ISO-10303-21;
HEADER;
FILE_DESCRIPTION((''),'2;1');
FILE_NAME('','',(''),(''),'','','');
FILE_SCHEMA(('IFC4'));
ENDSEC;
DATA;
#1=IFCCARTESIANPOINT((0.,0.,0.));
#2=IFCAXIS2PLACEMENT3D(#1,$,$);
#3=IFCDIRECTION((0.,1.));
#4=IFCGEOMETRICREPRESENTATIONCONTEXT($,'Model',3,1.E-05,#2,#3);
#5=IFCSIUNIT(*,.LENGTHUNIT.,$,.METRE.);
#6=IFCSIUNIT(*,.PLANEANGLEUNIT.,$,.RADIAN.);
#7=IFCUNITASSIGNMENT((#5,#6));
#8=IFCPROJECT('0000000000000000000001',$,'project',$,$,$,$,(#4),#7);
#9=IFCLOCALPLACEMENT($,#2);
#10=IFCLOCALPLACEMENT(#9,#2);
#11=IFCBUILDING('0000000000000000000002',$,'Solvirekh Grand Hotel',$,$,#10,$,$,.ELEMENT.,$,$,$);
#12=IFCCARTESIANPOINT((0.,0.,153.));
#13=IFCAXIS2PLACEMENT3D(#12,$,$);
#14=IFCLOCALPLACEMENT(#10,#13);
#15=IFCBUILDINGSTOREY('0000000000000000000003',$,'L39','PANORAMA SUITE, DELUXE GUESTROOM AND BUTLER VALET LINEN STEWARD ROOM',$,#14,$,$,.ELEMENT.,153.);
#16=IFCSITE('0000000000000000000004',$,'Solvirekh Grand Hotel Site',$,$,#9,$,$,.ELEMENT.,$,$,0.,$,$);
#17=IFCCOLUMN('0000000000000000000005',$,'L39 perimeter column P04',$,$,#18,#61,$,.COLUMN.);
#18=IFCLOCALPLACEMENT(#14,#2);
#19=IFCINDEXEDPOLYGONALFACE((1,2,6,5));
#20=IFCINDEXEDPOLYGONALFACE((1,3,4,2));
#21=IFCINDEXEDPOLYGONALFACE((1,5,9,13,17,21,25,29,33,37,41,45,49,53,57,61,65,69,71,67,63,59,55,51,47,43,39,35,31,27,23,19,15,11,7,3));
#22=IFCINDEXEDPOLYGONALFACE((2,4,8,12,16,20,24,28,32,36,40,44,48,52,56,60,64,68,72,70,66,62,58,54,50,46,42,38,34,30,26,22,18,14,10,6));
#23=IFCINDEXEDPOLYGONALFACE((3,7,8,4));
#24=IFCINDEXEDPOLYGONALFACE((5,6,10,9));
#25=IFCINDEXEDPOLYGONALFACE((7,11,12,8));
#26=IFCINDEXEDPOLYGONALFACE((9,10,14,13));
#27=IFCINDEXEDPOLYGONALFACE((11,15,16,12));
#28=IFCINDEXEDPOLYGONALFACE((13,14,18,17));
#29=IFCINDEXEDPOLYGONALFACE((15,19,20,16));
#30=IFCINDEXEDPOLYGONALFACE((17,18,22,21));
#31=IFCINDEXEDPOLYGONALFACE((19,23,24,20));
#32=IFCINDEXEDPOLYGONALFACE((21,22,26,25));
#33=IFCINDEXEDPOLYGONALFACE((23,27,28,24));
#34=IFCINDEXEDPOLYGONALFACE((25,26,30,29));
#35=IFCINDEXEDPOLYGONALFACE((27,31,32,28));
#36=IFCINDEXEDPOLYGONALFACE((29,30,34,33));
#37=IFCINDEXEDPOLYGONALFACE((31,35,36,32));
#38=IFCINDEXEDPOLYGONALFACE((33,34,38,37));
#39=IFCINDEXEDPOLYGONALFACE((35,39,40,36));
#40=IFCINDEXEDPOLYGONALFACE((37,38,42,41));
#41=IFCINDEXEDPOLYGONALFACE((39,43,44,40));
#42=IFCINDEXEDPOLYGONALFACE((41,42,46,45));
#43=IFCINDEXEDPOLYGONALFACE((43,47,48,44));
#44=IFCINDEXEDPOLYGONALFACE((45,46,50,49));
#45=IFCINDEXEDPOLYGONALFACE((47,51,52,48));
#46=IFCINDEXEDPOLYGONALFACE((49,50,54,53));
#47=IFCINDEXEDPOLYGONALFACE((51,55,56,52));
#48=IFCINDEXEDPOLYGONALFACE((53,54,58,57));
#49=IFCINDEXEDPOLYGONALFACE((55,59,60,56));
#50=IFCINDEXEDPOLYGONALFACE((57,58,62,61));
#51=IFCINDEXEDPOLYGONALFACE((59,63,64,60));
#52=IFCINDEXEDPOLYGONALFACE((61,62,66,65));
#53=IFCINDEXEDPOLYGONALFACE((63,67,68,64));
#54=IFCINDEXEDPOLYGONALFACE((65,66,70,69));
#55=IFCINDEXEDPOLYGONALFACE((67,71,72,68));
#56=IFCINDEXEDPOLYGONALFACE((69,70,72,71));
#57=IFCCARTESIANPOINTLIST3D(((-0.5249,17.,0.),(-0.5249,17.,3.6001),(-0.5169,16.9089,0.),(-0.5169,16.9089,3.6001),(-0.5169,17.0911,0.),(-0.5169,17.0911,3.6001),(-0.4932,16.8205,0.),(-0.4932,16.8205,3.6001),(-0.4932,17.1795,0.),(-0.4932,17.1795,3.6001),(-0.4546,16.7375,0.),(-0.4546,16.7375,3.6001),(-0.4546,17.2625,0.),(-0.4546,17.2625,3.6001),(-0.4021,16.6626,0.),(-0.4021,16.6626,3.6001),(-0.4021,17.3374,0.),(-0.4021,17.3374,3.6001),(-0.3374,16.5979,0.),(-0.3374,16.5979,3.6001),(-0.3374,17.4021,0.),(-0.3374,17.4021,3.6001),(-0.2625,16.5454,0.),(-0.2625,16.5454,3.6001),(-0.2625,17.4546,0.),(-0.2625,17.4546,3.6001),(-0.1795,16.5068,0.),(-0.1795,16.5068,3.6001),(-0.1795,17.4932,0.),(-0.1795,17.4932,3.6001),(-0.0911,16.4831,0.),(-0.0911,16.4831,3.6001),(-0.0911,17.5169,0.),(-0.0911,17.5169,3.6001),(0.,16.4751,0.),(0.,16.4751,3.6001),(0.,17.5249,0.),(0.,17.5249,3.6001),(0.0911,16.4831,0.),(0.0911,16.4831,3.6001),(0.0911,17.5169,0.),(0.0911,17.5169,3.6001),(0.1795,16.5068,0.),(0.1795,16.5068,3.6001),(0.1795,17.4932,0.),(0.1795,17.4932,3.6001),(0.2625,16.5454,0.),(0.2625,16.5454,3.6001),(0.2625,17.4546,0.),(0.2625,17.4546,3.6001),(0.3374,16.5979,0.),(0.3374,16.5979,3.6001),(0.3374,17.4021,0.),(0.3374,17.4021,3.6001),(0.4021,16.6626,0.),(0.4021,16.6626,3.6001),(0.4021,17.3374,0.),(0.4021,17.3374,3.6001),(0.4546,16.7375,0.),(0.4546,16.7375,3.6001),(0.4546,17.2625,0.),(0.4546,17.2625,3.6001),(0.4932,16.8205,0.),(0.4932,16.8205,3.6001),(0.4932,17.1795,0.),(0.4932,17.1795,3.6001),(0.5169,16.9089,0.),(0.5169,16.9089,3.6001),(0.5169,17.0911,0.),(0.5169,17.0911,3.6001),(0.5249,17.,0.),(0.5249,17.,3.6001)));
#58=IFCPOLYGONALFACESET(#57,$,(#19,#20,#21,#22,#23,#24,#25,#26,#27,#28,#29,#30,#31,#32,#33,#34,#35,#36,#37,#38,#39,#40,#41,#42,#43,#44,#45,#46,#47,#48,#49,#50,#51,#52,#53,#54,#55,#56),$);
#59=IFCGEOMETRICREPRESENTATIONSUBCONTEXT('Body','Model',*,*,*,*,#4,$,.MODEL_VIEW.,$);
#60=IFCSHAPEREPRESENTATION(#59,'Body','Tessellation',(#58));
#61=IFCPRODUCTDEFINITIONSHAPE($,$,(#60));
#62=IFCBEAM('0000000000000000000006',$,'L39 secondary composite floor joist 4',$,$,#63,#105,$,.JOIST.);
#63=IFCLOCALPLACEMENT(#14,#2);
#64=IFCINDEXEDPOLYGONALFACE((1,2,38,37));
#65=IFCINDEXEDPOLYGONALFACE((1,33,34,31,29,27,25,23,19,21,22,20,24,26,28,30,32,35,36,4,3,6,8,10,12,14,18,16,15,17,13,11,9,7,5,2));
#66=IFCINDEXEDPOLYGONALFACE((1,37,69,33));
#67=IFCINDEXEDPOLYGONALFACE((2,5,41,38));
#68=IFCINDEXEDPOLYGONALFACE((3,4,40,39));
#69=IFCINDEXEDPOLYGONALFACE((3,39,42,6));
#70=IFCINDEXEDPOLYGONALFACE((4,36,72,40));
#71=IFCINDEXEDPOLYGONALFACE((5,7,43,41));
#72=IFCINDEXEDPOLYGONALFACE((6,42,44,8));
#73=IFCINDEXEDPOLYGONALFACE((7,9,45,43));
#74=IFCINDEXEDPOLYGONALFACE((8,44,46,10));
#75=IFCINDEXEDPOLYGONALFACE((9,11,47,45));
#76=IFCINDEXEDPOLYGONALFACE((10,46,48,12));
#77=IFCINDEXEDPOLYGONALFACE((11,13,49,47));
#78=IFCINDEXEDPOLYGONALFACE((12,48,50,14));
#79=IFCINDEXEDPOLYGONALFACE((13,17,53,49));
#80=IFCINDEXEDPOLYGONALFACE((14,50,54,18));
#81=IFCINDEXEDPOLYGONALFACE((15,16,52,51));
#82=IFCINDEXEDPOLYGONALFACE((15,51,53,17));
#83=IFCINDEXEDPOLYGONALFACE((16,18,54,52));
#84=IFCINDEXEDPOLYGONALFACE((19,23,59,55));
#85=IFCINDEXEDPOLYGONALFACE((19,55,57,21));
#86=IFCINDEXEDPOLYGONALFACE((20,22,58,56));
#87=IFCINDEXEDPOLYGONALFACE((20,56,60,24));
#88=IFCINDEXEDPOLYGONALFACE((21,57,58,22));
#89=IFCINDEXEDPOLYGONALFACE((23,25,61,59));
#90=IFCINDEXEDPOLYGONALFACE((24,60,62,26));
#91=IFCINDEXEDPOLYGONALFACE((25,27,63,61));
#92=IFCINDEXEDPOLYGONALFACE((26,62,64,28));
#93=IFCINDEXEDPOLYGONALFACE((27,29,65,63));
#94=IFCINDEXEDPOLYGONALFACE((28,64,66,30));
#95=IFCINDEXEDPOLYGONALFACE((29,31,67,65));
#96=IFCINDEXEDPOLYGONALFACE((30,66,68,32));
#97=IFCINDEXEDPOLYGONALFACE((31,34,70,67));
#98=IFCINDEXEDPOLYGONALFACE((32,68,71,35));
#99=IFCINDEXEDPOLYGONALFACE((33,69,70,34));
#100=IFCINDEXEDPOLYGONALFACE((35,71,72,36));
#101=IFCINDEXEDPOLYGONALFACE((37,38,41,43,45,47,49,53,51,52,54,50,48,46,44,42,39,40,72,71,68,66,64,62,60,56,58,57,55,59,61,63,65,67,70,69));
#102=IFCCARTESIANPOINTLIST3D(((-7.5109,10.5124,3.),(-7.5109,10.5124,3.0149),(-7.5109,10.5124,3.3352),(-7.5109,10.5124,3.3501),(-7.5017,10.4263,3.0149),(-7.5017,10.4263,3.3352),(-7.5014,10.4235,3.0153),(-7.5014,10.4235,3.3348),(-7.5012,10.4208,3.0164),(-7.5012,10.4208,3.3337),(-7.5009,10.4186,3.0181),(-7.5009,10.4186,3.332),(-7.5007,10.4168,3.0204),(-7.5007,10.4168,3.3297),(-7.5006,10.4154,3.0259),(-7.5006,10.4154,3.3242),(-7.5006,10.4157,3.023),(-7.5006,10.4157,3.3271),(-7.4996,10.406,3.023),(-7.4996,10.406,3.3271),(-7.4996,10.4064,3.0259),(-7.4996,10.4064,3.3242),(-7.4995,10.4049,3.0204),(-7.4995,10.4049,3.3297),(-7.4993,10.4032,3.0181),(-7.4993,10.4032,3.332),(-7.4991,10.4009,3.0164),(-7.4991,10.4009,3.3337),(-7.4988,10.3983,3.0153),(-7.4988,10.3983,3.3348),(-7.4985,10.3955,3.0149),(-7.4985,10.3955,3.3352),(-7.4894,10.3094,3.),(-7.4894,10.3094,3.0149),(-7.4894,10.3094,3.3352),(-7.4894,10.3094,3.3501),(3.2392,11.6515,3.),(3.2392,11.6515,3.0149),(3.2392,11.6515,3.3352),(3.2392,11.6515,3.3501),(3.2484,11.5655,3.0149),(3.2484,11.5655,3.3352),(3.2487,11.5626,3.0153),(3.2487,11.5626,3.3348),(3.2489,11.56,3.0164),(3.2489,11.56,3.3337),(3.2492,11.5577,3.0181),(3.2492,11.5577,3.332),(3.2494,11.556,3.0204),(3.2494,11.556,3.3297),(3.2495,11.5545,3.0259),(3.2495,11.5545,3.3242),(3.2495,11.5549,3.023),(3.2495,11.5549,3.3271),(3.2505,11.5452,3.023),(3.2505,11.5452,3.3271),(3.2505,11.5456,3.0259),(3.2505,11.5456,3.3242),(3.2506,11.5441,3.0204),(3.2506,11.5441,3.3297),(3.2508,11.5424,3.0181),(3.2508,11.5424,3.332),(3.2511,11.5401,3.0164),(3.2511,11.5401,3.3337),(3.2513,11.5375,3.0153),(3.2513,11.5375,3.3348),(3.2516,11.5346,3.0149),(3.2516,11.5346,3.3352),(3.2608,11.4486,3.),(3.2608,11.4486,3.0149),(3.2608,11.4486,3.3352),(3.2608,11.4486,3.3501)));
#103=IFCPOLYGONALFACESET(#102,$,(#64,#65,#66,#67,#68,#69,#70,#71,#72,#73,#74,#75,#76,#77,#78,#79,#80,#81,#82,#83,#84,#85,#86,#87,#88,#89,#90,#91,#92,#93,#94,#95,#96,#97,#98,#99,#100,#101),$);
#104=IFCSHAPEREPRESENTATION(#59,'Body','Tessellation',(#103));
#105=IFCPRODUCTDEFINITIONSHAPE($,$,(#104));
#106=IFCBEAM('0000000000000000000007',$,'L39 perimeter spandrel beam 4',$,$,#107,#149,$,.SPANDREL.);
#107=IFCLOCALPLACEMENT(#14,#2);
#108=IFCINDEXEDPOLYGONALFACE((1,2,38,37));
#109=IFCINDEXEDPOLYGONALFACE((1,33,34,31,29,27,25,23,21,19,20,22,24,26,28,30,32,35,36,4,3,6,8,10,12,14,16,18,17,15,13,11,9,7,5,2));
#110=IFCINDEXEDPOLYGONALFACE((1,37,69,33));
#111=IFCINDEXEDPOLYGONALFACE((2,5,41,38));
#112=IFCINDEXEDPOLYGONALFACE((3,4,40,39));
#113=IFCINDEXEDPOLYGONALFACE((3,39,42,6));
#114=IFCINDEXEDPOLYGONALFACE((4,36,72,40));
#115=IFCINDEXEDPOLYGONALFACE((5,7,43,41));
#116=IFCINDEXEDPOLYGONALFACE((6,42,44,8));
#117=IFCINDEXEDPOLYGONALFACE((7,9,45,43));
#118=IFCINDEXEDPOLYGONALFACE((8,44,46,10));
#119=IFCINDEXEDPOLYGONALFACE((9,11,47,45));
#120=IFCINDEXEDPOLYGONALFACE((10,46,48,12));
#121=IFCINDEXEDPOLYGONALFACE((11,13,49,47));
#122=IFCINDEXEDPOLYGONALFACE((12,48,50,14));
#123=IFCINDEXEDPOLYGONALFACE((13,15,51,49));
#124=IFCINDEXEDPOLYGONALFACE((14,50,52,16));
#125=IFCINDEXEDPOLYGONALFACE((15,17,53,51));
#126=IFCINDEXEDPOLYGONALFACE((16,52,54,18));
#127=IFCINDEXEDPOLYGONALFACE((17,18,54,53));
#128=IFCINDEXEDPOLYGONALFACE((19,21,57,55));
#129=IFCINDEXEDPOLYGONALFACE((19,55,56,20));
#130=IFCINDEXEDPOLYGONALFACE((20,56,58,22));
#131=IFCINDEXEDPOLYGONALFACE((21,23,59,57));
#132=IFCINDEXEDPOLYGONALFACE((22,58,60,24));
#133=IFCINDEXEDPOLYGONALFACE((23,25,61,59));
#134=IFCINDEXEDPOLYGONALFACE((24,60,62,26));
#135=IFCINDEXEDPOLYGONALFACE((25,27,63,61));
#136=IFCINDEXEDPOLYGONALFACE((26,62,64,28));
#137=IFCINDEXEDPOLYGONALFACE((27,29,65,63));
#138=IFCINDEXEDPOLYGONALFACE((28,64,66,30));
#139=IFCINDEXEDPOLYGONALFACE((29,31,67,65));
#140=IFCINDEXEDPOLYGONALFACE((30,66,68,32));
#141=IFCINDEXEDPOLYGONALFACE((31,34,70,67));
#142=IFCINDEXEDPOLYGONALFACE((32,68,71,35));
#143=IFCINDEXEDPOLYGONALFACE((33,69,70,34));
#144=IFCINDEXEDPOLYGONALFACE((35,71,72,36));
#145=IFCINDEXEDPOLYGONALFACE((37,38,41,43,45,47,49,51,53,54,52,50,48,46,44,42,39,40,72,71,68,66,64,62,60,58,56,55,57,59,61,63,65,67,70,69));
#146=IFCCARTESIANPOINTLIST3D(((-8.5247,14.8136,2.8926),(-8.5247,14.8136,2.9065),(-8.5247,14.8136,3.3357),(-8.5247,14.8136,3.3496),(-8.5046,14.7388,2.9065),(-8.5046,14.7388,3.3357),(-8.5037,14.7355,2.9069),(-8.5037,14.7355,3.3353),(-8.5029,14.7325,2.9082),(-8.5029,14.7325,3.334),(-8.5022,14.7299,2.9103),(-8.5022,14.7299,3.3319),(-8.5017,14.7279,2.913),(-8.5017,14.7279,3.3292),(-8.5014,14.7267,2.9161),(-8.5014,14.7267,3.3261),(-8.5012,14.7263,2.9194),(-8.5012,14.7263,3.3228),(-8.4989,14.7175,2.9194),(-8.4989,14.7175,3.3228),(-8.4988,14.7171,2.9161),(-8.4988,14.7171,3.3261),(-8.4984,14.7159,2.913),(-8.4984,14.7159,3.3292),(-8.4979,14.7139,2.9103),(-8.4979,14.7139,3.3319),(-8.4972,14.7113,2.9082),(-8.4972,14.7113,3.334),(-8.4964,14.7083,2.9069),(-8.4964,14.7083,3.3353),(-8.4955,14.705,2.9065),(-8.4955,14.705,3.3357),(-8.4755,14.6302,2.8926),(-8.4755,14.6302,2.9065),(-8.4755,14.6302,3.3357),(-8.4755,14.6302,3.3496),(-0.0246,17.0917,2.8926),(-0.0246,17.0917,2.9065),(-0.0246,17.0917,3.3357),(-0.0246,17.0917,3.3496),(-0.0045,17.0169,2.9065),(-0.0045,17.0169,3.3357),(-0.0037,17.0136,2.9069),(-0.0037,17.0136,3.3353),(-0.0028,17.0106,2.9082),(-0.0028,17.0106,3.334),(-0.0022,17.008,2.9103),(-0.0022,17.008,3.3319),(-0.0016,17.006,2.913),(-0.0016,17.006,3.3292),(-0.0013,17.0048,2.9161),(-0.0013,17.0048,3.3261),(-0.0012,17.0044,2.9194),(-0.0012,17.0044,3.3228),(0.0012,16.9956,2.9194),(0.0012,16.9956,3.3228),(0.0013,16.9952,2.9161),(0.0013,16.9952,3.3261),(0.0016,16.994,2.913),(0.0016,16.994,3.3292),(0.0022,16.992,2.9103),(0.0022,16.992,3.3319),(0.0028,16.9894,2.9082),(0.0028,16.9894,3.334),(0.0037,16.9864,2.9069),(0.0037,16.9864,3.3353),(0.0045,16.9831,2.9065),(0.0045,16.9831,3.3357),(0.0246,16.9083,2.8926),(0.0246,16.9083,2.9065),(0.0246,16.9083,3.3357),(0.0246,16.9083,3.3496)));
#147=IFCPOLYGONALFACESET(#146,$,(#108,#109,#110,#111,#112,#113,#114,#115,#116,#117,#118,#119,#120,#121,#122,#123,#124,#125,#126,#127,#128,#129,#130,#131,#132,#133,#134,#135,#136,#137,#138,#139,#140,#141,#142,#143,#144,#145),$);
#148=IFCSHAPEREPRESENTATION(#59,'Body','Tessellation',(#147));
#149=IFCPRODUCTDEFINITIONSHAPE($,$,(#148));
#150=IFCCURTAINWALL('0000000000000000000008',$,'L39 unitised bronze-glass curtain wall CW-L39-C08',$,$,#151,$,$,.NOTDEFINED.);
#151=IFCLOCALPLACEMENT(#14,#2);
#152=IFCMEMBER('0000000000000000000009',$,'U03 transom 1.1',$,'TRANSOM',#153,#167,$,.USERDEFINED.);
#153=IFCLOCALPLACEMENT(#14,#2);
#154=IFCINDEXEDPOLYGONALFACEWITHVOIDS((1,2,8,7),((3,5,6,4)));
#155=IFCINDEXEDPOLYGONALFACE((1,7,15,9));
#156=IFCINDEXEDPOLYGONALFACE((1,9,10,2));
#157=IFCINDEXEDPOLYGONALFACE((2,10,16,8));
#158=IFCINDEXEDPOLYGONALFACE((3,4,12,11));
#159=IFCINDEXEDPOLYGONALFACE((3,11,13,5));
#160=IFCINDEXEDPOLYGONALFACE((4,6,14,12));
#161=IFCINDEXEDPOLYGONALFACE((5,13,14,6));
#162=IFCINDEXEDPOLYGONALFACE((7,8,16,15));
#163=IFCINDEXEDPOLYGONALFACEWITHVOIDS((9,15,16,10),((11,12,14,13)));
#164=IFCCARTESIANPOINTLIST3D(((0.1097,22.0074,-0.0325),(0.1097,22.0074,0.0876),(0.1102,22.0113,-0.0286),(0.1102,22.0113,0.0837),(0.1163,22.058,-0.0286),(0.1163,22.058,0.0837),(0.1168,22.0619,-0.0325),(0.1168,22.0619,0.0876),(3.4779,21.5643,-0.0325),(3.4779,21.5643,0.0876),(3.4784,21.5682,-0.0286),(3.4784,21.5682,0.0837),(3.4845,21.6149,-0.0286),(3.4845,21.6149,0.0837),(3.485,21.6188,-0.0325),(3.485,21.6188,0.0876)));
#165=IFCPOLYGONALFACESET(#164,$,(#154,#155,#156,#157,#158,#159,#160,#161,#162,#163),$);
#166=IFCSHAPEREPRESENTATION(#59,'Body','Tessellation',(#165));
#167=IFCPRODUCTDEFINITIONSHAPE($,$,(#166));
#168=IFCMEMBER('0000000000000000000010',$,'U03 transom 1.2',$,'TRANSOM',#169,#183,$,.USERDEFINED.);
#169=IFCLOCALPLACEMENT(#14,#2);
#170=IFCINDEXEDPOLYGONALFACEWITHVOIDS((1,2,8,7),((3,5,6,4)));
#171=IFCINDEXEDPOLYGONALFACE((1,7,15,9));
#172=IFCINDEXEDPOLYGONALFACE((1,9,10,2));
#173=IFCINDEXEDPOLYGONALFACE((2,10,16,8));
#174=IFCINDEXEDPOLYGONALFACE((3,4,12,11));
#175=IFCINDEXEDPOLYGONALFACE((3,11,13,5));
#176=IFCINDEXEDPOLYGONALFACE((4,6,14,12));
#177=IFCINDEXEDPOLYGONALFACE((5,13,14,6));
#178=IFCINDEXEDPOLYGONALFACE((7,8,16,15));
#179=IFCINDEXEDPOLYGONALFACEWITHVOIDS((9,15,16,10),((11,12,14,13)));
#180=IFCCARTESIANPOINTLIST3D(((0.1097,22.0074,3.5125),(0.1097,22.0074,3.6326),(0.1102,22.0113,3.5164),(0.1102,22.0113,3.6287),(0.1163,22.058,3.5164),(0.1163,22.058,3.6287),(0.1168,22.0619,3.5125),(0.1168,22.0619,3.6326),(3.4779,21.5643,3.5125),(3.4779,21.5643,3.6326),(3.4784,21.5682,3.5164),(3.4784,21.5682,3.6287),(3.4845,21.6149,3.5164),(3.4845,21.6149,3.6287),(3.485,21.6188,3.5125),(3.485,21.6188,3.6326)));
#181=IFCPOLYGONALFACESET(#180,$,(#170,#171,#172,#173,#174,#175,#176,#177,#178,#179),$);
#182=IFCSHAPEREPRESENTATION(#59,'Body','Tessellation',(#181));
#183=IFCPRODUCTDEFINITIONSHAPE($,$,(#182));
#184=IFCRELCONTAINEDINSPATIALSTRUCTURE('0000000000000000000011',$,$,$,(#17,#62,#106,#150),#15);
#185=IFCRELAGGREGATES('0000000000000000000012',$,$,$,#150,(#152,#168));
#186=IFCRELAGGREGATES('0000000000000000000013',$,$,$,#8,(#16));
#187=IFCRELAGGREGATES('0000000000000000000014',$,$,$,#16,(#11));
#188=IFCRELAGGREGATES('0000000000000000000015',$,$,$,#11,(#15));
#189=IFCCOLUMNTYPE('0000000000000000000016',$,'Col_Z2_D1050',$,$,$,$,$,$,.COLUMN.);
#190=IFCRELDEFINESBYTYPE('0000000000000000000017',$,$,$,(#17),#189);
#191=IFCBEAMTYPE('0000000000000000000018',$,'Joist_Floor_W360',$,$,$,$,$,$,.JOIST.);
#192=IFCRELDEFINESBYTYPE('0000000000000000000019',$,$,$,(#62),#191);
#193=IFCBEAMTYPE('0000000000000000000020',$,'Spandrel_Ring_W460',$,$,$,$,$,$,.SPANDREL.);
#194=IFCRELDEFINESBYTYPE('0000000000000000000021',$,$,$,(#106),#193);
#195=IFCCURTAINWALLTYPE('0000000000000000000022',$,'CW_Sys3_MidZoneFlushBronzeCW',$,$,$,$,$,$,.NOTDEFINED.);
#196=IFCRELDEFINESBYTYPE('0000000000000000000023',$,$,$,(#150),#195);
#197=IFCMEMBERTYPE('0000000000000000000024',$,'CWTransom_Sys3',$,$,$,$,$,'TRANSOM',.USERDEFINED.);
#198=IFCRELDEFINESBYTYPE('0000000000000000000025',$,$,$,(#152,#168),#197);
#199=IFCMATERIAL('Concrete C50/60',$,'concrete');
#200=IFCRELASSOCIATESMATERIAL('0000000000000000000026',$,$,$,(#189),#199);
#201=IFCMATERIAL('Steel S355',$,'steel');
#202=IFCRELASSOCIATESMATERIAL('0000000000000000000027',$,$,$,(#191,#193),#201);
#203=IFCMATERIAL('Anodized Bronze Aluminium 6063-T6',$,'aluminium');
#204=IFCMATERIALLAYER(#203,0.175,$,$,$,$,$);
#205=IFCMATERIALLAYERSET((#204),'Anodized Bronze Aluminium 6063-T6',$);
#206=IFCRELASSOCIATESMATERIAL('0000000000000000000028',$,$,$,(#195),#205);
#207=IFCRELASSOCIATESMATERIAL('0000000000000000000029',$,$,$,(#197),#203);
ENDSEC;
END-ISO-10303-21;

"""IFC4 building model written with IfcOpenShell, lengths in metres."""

from ifc_helpers import new_model, si_unit, direction, frame, origin, origin_2d, place, context, subcontext, project, spatial, hollow_rectangle, circle, i_section, extrude, source, transform, mapped, material, layer, layer_set, material_profile, profile_set, type_object, element, aggregate, save


model = new_model("IFC4")

# Units and contexts
model_context = context("Model", 3, precision=1e-05, world=origin(), true_north=direction((0.0, 1.0)))
body_context = subcontext(model_context, "Body", "Model", "MODEL_VIEW")
ifc_project = project(units=[si_unit("LENGTHUNIT", "METRE"), si_unit("PLANEANGLEUNIT", "RADIAN")], contexts=[model_context])

# Site, building, storey
site_placement = place(None, origin())
site = spatial("IfcSite", under=ifc_project, at=site_placement, Name="Solvirekh Grand Hotel Site", CompositionType="ELEMENT", RefElevation=0.0)
building_placement = place(site_placement, origin())
building = spatial("IfcBuilding", under=site, at=building_placement, Name="Solvirekh Grand Hotel", CompositionType="ELEMENT")
storey_placement = place(building_placement, frame((0.0, 0.0, 153.0)))
storey = spatial("IfcBuildingStorey", under=building, at=storey_placement, Name="L39", Description="PANORAMA SUITE, DELUXE GUESTROOM AND BUTLER VALET LINEN STEWARD ROOM", CompositionType="ELEMENT", Elevation=153.0)

# Column
ifc_material_1 = material(Name="Concrete C50/60", Category="concrete")
ifc_material_profile_1 = material_profile(ifc_material_1, circle(Radius=0.5249, at=origin_2d()), Name="RC CIRC D1050")
ifc_profile_set_1 = profile_set([ifc_material_profile_1], Name="Concrete C50/60")
column_type = type_object("IfcColumnType", Name="Col_Z2_D1050", PredefinedType="COLUMN", material=ifc_profile_set_1)
column_placement = place(storey_placement, frame((0.0, 17.0, 0.0), z_axis=(0.0, 0.0, 1.0), x_axis=(1.0, 0.0, 0.0)))
element("IfcColumn", 1, at=column_placement, inside=storey, type_object=column_type, Name="L39 perimeter column P04", PredefinedType="COLUMN", context=body_context, shape_type="SweptSolid", body=[
    extrude(circle(Radius=0.5249, at=origin_2d()), origin(), (0.0, 0.0, 1.0), 3.6001),
])

# Beams
ifc_material_2 = material(Name="Steel S355", Category="steel")
ifc_material_profile_2 = material_profile(ifc_material_2, i_section(OverallWidth=0.2041, OverallDepth=0.3501, WebThickness=0.009, FlangeThickness=0.0149, FilletRadius=0.011, at=origin_2d()), Name="W360X72")
ifc_profile_set_2 = profile_set([ifc_material_profile_2], Name="Steel S355")
beam_type_1 = type_object("IfcBeamType", Name="Joist_Floor_W360", PredefinedType="JOIST", material=ifc_profile_set_2)
beam_1_placement = place(storey_placement, frame((3.25, 11.55, 3.175), z_axis=(-0.994432, -0.105378, 0.0), x_axis=(0.105378, -0.994432, 0.0)))
element("IfcBeam", 2, at=beam_1_placement, inside=storey, type_object=beam_type_1, Name="L39 secondary composite floor joist 4", PredefinedType="JOIST", context=body_context, shape_type="SweptSolid", body=[
    extrude(i_section(OverallWidth=0.2041, OverallDepth=0.3501, WebThickness=0.009, FlangeThickness=0.0149, FilletRadius=0.011, at=origin_2d()), origin(), (0.0, 0.0, 1.0), 10.8103),
])
ifc_material_profile_3 = material_profile(ifc_material_2, i_section(OverallWidth=0.1899, OverallDepth=0.457, WebThickness=0.009, FlangeThickness=0.0139, FilletRadius=0.0129, at=origin_2d()), Name="W460X74")
ifc_profile_set_3 = profile_set([ifc_material_profile_3], Name="Steel S355")
beam_type_2 = type_object("IfcBeamType", Name="Spandrel_Ring_W460", PredefinedType="SPANDREL", material=ifc_profile_set_3)
beam_2_placement = place(storey_placement, frame((0.0, 17.0, 3.1211), z_axis=(-0.965911, -0.258873, 0.0), x_axis=(0.258873, -0.965911, 0.0)))
element("IfcBeam", 3, at=beam_2_placement, inside=storey, type_object=beam_type_2, Name="L39 perimeter spandrel beam 4", PredefinedType="SPANDREL", context=body_context, shape_type="SweptSolid", body=[
    extrude(i_section(OverallWidth=0.1899, OverallDepth=0.457, WebThickness=0.009, FlangeThickness=0.0139, FilletRadius=0.0129, at=origin_2d()), origin(), (0.0, 0.0, 1.0), 8.8),
])

# Curtain wall, members
ifc_material_3 = material(Name="Anodized Bronze Aluminium 6063-T6", Category="aluminium")
ifc_layer_1 = layer(ifc_material_3, 0.175)
ifc_layer_set_1 = layer_set([ifc_layer_1], Name="Anodized Bronze Aluminium 6063-T6")
curtain_wall_type = type_object("IfcCurtainWallType", Name="CW_Sys3_MidZoneFlushBronzeCW", PredefinedType="NOTDEFINED", material=ifc_layer_set_1)
curtain_wall_placement = place(storey_placement, origin())
curtain_wall = element("IfcCurtainWall", 4, at=curtain_wall_placement, inside=storey, type_object=curtain_wall_type, Name="L39 unitised bronze-glass curtain wall CW-L39-C08", PredefinedType="NOTDEFINED")
ifc_material_profile_4 = material_profile(ifc_material_3, hollow_rectangle(XDim=0.0549, YDim=0.1201, WallThickness=0.0039, at=origin_2d()), Name="ALU RHS 120X55X4")
ifc_profile_set_4 = profile_set([ifc_material_profile_4], Name="Anodized Bronze Aluminium 6063-T6")
member_type_1 = type_object("IfcMemberType", Name="CWTransom_Sys3", ElementType="TRANSOM", PredefinedType="USERDEFINED", material=ifc_profile_set_4)
shared_shape_1 = source(origin(), body_context, "Body", "SweptSolid", [
    extrude(hollow_rectangle(XDim=0.0549, YDim=0.1201, WallThickness=0.0039, at=origin_2d()), origin(), (0.0, 0.0, 1.0), 3.3972),
])
member_1_placement = place(storey_placement, frame((3.4814, 21.5916, 0.0276), z_axis=(-0.991457, 0.130436, 0.0), x_axis=(-0.130436, -0.991457, 0.0)))
member_1 = element("IfcMember", 5, at=member_1_placement, type_object=member_type_1, Name="U03 transom 1.1", ObjectType="TRANSOM", PredefinedType="USERDEFINED", context=body_context, shape_type="MappedRepresentation", body=[
    mapped(shared_shape_1, transform((0.0, 0.0, 0.0), x_axis=(1.0, 0.0, 0.0), y_axis=(0.0, 1.0, 0.0), z_axis=(0.0, 0.0, 1.0), scale=1.0)),
])
member_2_placement = place(storey_placement, frame((3.4814, 21.5916, 3.5725), z_axis=(-0.991457, 0.130436, 0.0), x_axis=(-0.130436, -0.991457, 0.0)))
member_2 = element("IfcMember", 6, at=member_2_placement, type_object=member_type_1, Name="U03 transom 1.2", ObjectType="TRANSOM", PredefinedType="USERDEFINED", context=body_context, shape_type="MappedRepresentation", body=[
    mapped(shared_shape_1, transform((0.0, 0.0, 0.0), x_axis=(1.0, 0.0, 0.0), y_axis=(0.0, 1.0, 0.0), z_axis=(0.0, 0.0, 1.0), scale=1.0)),
])
aggregate(curtain_wall, [member_1, member_2])

save(model, "model.ifc")
